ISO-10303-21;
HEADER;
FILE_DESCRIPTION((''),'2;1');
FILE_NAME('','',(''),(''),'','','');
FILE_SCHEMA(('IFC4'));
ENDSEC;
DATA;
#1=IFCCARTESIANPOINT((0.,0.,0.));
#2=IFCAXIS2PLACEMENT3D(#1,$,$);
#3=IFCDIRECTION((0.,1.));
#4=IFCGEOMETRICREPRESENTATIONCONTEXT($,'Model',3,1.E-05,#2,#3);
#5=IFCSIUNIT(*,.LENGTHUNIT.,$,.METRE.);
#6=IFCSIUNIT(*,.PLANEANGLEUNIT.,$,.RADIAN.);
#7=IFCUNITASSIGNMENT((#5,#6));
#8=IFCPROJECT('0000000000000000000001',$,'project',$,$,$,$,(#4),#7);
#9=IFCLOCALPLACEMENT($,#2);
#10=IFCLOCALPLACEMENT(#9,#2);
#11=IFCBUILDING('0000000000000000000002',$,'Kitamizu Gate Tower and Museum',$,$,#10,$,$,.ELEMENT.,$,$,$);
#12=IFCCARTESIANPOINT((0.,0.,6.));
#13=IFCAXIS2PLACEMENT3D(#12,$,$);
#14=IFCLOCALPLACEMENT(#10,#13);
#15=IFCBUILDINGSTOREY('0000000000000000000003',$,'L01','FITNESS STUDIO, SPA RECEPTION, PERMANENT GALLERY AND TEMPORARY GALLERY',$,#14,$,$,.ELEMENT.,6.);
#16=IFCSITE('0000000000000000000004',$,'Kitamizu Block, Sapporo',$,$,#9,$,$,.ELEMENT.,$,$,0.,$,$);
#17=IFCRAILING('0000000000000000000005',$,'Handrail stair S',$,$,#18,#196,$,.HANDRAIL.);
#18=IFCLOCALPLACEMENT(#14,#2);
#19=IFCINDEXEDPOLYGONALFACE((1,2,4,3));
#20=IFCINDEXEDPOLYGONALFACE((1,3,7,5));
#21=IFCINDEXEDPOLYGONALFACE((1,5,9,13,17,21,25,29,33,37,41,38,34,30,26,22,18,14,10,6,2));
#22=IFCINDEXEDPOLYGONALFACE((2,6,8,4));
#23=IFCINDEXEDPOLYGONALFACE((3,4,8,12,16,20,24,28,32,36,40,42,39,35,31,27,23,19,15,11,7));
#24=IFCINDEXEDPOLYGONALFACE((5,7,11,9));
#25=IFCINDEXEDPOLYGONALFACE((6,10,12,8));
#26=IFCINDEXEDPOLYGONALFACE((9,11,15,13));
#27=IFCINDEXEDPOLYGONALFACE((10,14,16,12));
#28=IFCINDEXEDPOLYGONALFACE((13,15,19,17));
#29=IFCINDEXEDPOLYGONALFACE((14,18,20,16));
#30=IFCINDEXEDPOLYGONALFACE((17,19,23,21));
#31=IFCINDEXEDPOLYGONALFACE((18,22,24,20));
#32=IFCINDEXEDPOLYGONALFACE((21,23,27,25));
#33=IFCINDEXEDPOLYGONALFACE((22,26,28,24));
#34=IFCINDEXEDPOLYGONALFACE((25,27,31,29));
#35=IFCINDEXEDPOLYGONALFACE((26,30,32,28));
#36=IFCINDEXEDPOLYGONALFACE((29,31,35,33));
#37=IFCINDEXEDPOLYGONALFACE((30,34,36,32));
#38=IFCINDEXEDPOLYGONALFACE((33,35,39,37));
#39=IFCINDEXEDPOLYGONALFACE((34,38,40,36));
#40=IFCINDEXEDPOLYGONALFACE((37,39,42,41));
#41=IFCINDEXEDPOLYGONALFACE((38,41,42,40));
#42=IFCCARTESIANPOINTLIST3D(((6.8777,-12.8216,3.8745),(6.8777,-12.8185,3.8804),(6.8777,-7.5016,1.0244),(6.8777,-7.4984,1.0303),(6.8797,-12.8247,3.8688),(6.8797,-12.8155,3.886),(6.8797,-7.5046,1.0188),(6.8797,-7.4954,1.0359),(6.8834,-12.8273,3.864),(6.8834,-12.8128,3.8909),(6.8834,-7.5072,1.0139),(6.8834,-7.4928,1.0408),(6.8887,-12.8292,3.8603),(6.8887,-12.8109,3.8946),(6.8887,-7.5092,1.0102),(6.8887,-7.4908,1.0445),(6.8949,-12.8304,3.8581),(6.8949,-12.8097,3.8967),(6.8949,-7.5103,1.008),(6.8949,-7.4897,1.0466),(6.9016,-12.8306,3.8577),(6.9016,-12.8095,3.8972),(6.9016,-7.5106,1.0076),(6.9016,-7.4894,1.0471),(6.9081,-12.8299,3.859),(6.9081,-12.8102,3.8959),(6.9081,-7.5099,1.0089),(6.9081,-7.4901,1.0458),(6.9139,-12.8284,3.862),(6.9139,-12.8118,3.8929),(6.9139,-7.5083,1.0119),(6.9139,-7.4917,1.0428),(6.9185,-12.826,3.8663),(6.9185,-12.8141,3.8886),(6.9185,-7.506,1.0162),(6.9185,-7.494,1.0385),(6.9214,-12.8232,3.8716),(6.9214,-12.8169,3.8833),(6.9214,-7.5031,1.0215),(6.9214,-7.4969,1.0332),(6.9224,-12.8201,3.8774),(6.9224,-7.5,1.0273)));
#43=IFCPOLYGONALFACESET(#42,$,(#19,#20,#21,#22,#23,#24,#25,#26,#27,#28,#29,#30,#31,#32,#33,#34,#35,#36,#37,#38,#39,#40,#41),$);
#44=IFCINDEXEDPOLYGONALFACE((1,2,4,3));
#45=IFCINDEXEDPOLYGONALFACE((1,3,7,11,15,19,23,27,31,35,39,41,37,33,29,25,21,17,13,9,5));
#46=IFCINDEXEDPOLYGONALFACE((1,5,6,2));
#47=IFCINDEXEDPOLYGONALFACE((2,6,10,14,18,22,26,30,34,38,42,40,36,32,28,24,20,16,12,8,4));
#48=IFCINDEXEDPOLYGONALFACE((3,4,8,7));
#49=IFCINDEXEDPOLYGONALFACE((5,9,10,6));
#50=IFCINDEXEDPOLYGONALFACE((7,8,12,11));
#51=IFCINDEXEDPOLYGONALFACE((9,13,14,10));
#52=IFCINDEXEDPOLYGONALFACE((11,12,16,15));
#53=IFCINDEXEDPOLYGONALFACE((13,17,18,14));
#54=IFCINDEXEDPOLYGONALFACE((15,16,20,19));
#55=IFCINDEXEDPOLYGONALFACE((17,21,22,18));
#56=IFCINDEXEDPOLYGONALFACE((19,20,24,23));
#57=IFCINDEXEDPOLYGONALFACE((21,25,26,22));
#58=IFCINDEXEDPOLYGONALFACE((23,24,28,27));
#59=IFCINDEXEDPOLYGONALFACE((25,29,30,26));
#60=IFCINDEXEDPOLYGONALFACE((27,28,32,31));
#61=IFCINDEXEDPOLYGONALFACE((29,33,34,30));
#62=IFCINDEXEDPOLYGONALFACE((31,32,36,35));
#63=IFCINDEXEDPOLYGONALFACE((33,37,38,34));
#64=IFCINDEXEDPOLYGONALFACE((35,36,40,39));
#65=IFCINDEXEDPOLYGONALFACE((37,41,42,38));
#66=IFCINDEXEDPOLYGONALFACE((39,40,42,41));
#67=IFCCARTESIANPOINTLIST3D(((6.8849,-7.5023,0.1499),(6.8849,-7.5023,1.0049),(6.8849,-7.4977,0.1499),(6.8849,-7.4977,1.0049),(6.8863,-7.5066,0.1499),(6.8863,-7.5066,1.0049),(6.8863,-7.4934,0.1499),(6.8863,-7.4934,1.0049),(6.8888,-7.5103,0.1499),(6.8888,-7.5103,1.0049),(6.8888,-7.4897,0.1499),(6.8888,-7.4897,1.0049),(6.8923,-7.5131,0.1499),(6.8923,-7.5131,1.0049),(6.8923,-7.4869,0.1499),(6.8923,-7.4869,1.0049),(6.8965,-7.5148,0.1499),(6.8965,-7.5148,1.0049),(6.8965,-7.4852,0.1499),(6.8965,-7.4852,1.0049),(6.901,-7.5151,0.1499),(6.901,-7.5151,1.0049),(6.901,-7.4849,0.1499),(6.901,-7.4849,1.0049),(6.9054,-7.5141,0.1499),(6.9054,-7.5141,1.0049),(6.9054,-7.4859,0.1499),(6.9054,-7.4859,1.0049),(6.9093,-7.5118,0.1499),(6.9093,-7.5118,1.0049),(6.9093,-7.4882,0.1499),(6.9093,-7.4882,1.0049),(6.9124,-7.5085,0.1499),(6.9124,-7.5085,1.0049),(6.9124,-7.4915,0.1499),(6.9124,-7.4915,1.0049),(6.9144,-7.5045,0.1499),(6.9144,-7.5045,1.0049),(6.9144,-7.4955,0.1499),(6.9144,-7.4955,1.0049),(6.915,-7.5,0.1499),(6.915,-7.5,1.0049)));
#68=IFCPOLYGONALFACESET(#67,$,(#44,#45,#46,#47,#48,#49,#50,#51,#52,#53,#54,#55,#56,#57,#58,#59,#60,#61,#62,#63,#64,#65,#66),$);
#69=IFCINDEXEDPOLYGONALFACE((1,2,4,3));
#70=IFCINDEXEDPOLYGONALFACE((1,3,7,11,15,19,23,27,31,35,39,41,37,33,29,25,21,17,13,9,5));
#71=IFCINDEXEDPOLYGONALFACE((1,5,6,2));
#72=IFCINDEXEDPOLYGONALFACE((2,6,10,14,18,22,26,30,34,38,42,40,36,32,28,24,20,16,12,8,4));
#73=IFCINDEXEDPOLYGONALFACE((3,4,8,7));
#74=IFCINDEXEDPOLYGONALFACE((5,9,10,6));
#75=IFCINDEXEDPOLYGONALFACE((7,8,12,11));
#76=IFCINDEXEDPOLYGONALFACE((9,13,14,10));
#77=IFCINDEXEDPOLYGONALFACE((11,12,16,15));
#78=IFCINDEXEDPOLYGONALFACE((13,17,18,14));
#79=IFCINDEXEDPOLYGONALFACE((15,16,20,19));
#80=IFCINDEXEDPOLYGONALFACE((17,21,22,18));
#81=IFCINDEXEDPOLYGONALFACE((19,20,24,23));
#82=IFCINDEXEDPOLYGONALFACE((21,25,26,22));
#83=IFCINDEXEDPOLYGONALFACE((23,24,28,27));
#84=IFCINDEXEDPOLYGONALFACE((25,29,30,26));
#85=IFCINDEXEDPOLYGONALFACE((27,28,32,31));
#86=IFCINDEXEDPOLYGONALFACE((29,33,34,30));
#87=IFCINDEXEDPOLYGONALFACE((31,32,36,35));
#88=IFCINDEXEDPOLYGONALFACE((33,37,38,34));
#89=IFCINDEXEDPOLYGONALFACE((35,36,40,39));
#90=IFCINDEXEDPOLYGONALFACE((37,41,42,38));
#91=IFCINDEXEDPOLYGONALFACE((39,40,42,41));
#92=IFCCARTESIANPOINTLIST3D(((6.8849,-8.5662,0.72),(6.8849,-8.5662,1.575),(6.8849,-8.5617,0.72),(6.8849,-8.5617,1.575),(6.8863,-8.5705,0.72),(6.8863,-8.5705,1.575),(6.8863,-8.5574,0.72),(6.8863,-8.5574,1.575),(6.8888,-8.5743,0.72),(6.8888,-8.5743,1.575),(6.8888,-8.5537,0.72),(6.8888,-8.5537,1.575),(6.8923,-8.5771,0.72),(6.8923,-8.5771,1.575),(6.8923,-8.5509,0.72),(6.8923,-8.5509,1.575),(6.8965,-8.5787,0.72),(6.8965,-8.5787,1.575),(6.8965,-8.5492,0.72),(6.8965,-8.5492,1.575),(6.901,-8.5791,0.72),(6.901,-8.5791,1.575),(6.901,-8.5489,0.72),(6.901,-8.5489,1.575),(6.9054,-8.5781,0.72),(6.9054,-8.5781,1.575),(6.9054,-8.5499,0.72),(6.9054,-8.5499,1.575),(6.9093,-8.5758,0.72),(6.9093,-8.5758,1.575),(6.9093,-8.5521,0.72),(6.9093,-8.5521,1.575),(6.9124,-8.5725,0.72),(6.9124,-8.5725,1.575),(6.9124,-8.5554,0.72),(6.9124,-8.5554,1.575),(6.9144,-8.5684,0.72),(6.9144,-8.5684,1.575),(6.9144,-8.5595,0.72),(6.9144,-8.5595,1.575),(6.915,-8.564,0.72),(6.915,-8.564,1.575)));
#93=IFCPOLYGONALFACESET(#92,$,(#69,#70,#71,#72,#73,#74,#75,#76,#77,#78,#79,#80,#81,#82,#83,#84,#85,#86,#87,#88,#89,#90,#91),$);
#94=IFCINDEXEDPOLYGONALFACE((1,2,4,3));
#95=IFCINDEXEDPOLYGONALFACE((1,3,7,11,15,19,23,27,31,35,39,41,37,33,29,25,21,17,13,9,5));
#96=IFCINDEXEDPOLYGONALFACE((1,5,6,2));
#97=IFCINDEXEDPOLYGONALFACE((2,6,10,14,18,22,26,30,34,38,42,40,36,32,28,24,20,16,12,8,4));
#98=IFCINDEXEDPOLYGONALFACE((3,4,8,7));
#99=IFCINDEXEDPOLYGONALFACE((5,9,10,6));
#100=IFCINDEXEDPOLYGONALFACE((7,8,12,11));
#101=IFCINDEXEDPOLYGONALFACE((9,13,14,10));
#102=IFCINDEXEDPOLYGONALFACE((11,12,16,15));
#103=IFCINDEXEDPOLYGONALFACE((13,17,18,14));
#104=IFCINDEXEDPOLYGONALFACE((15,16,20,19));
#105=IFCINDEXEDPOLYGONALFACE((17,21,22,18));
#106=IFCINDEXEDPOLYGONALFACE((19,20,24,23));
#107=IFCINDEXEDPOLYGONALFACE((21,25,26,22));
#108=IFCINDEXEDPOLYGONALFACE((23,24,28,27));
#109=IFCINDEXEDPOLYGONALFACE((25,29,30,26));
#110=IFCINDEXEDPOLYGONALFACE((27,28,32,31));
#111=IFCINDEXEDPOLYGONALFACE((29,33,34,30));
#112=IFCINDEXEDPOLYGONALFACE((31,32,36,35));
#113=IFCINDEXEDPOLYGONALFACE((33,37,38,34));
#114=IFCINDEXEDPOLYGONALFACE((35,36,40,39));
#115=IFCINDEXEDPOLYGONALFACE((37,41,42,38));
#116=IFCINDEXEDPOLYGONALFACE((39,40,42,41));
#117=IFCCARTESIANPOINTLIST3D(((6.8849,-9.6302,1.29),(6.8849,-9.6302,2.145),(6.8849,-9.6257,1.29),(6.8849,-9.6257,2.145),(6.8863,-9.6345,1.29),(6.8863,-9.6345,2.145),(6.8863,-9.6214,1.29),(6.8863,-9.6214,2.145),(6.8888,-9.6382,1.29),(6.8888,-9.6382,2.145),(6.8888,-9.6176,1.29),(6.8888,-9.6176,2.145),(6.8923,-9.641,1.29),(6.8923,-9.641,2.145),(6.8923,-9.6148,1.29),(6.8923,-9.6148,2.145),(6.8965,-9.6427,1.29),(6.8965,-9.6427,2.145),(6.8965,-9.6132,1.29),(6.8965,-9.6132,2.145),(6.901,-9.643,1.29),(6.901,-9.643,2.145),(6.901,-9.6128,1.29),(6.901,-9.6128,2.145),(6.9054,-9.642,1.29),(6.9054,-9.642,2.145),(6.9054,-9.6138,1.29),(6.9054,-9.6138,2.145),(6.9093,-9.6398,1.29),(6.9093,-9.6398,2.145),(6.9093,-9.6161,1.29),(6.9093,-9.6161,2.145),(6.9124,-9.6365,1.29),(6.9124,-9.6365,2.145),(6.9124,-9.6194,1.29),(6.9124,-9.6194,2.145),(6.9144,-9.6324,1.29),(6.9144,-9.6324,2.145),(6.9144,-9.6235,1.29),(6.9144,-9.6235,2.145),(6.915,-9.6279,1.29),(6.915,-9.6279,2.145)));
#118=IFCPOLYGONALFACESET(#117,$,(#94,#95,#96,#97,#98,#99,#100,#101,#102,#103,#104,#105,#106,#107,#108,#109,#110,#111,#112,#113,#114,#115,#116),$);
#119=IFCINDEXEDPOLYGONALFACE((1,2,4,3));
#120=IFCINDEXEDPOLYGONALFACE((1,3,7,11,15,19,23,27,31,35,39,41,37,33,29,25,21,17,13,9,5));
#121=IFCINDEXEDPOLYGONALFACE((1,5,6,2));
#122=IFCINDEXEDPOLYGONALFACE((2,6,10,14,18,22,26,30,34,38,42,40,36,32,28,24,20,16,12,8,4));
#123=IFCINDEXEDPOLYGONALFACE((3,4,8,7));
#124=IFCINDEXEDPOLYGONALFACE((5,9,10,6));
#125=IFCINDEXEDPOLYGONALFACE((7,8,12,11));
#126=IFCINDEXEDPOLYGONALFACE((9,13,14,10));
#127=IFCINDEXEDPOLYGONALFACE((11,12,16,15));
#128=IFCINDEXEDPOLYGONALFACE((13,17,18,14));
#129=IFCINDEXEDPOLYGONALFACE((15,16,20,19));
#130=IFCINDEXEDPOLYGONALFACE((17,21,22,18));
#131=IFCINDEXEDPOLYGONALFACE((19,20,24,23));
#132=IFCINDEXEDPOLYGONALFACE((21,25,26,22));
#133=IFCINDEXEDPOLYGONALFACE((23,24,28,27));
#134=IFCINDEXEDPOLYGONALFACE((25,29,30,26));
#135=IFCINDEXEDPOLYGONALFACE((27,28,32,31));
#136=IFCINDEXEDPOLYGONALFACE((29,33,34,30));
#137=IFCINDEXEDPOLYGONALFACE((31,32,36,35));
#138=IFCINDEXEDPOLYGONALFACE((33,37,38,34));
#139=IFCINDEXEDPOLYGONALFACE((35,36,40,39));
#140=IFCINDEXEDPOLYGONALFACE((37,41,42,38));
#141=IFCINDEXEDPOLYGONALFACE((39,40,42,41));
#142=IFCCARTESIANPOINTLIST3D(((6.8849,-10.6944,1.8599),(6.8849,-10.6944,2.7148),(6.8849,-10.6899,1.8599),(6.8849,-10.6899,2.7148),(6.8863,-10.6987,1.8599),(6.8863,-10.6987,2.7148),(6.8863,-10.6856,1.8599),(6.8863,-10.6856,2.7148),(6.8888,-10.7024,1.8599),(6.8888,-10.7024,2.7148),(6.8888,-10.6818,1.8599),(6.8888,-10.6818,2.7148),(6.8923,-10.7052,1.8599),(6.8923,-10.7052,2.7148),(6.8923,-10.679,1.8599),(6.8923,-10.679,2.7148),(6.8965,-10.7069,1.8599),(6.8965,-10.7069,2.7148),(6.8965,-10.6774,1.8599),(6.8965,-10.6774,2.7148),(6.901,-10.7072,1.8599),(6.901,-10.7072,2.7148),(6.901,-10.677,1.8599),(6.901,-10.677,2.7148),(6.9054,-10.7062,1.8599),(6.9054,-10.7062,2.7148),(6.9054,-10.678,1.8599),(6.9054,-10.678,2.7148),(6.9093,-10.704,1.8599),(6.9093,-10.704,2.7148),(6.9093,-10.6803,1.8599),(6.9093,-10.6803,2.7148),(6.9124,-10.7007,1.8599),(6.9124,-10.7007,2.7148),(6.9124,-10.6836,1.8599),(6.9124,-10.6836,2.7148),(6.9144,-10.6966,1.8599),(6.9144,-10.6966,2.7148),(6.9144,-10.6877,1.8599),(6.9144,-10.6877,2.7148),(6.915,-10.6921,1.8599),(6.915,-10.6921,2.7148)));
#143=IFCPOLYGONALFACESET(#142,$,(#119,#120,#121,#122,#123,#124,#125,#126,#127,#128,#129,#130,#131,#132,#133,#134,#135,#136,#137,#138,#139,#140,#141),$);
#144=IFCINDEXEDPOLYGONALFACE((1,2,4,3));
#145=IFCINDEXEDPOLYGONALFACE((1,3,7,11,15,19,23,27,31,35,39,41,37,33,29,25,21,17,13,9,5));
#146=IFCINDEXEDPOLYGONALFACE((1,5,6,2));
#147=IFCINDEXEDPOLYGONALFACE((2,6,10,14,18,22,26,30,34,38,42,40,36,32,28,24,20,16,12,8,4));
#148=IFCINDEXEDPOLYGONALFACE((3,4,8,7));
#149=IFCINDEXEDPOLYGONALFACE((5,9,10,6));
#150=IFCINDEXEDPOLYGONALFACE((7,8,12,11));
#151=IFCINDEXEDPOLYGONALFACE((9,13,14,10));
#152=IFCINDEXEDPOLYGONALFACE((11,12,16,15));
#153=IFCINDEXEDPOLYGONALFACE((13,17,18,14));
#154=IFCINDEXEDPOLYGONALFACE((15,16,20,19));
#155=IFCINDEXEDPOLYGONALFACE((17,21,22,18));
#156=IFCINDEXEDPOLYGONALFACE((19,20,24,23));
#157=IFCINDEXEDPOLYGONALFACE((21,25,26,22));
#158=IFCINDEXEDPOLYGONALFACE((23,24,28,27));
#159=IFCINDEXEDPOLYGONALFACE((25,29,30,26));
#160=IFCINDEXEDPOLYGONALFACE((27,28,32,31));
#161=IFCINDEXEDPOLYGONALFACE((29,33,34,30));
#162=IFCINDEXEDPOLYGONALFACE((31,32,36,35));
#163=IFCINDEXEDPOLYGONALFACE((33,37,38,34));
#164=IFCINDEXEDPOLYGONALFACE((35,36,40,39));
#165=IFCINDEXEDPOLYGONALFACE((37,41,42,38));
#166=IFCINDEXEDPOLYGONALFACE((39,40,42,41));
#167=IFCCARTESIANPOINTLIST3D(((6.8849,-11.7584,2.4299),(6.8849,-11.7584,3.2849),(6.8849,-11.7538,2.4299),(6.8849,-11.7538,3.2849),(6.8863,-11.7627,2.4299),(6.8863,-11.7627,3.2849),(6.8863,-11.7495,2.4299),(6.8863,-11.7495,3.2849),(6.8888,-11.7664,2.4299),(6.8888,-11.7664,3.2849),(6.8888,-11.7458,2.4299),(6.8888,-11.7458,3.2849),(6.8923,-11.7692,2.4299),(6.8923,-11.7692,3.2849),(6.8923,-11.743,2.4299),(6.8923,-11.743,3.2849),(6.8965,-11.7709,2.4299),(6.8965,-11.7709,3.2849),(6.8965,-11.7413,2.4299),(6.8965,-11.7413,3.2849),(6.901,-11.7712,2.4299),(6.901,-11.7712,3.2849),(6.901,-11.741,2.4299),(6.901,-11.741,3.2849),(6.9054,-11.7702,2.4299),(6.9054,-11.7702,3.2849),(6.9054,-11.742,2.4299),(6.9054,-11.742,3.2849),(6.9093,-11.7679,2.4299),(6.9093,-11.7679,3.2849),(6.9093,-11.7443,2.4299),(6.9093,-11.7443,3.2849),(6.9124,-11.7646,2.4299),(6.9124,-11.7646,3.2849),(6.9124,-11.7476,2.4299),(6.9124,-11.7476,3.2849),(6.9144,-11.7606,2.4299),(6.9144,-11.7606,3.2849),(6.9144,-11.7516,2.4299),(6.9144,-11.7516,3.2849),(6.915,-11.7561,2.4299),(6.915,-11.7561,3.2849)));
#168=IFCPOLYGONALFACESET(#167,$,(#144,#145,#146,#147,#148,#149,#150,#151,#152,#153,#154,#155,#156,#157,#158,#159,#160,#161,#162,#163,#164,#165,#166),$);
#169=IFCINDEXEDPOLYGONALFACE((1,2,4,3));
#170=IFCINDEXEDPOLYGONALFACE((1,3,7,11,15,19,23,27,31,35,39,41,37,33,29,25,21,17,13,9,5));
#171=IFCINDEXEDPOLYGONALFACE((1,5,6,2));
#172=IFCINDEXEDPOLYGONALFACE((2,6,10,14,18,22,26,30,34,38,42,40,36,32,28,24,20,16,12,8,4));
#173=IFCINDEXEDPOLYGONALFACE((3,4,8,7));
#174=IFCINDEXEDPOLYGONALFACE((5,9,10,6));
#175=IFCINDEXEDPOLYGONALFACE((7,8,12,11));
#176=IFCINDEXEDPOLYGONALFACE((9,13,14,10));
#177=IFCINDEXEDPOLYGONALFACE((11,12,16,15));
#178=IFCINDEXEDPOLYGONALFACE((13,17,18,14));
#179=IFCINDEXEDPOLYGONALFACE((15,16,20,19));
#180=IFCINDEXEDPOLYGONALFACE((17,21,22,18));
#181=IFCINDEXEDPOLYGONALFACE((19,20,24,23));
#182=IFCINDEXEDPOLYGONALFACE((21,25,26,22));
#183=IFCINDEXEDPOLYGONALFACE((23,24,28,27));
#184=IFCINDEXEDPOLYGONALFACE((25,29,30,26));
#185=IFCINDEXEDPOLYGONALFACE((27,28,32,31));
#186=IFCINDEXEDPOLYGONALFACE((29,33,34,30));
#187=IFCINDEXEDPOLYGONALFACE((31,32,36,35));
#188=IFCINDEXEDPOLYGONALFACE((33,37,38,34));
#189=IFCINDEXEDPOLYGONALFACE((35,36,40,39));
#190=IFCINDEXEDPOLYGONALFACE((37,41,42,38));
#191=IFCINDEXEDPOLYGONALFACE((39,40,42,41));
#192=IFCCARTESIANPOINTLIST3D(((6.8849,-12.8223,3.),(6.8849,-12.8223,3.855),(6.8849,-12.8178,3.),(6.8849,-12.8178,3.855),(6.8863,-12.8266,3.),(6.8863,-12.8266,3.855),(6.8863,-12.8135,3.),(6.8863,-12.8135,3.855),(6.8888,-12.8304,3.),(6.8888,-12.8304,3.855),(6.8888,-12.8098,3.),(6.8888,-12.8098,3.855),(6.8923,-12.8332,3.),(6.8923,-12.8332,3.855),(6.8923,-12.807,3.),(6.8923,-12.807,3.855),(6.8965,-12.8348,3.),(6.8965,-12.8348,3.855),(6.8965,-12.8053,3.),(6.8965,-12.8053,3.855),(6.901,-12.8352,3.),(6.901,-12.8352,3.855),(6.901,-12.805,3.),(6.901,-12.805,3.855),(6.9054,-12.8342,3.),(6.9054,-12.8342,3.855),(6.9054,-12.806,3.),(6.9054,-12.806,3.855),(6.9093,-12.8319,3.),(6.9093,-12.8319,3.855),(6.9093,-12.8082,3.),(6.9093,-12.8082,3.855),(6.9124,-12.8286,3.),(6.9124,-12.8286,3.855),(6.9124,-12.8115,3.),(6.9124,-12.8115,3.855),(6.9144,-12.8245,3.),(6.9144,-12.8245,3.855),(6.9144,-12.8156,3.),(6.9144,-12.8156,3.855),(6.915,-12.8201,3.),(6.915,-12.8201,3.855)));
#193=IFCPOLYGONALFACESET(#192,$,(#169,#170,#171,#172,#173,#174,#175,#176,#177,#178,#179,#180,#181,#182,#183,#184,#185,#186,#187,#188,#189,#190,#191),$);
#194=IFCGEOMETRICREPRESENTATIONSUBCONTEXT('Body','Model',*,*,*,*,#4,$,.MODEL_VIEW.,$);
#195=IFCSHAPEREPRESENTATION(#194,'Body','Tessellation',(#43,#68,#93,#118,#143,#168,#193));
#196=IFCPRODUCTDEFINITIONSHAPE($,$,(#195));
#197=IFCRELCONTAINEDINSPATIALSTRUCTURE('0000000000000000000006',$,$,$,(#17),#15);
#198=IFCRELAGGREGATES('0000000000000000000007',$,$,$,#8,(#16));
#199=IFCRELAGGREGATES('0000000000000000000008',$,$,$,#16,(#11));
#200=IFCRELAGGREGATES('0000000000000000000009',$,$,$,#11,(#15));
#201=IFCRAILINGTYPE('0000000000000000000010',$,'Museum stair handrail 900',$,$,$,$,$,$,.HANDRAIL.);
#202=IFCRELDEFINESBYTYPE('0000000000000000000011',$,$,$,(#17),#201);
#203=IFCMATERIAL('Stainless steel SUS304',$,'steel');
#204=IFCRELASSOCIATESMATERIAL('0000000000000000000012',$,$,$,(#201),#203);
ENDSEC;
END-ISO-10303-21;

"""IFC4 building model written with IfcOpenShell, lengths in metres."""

from ifc_helpers import new_model, si_unit, direction, frame, origin, origin_2d, place, context, subcontext, project, spatial, circle, extrude, material, type_object, element, save


model = new_model("IFC4")

# Units and contexts
model_context = context("Model", 3, precision=1e-05, world=origin(), true_north=direction((0.0, 1.0)))
body_context = subcontext(model_context, "Body", "Model", "MODEL_VIEW")
ifc_project = project(units=[si_unit("LENGTHUNIT", "METRE"), si_unit("PLANEANGLEUNIT", "RADIAN")], contexts=[model_context])

# Site, building, storey
site_placement = place(None, origin())
site = spatial("IfcSite", under=ifc_project, at=site_placement, Name="Kitamizu Block, Sapporo", CompositionType="ELEMENT", RefElevation=0.0)
building_placement = place(site_placement, origin())
building = spatial("IfcBuilding", under=site, at=building_placement, Name="Kitamizu Gate Tower and Museum", CompositionType="ELEMENT")
storey_placement = place(building_placement, frame((0.0, 0.0, 6.0)))
storey = spatial("IfcBuildingStorey", under=building, at=storey_placement, Name="L01", Description="FITNESS STUDIO, SPA RECEPTION, PERMANENT GALLERY AND TEMPORARY GALLERY", CompositionType="ELEMENT", Elevation=6.0)

# Railing
ifc_material_1 = material(Name="Stainless steel SUS304", Category="steel")
railing_type = type_object("IfcRailingType", Name="Museum stair handrail 900", PredefinedType="HANDRAIL", material=ifc_material_1)
for number, where, name in (
    (1, (6.8999, -7.5, 0.1499), "Handrail stair S"),
):
    element("IfcRailing", number, at=place(storey_placement, frame(where)), inside=storey, type_object=railing_type, Name=name, PredefinedType="HANDRAIL", context=body_context, shape_type="SweptSolid", body=[
        extrude(circle(Radius=0.0225, at=origin_2d()), frame((0.0, 0.0, 0.8774), z_axis=(0.0, -0.881476, 0.472229), x_axis=(1.0, 0.0, 0.0)), (0.0, 0.0, 1.0), 6.0354),
        extrude(circle(Radius=0.0151, at=origin_2d()), origin(), (0.0, 0.0, 1.0), 0.855),
        extrude(circle(Radius=0.0151, at=origin_2d()), frame((0.0, -1.064, 0.5701)), (0.0, 0.0, 1.0), 0.855),
        extrude(circle(Radius=0.0151, at=origin_2d()), frame((0.0, -2.1279, 1.1401)), (0.0, 0.0, 1.0), 0.855),
        extrude(circle(Radius=0.0151, at=origin_2d()), frame((0.0, -3.1921, 1.71)), (0.0, 0.0, 1.0), 0.855),
        extrude(circle(Radius=0.0151, at=origin_2d()), frame((0.0, -4.2561, 2.28)), (0.0, 0.0, 1.0), 0.855),
        extrude(circle(Radius=0.0151, at=origin_2d()), frame((0.0, -5.3201, 2.8501)), (0.0, 0.0, 1.0), 0.855),
    ])

save(model, "model.ifc")
